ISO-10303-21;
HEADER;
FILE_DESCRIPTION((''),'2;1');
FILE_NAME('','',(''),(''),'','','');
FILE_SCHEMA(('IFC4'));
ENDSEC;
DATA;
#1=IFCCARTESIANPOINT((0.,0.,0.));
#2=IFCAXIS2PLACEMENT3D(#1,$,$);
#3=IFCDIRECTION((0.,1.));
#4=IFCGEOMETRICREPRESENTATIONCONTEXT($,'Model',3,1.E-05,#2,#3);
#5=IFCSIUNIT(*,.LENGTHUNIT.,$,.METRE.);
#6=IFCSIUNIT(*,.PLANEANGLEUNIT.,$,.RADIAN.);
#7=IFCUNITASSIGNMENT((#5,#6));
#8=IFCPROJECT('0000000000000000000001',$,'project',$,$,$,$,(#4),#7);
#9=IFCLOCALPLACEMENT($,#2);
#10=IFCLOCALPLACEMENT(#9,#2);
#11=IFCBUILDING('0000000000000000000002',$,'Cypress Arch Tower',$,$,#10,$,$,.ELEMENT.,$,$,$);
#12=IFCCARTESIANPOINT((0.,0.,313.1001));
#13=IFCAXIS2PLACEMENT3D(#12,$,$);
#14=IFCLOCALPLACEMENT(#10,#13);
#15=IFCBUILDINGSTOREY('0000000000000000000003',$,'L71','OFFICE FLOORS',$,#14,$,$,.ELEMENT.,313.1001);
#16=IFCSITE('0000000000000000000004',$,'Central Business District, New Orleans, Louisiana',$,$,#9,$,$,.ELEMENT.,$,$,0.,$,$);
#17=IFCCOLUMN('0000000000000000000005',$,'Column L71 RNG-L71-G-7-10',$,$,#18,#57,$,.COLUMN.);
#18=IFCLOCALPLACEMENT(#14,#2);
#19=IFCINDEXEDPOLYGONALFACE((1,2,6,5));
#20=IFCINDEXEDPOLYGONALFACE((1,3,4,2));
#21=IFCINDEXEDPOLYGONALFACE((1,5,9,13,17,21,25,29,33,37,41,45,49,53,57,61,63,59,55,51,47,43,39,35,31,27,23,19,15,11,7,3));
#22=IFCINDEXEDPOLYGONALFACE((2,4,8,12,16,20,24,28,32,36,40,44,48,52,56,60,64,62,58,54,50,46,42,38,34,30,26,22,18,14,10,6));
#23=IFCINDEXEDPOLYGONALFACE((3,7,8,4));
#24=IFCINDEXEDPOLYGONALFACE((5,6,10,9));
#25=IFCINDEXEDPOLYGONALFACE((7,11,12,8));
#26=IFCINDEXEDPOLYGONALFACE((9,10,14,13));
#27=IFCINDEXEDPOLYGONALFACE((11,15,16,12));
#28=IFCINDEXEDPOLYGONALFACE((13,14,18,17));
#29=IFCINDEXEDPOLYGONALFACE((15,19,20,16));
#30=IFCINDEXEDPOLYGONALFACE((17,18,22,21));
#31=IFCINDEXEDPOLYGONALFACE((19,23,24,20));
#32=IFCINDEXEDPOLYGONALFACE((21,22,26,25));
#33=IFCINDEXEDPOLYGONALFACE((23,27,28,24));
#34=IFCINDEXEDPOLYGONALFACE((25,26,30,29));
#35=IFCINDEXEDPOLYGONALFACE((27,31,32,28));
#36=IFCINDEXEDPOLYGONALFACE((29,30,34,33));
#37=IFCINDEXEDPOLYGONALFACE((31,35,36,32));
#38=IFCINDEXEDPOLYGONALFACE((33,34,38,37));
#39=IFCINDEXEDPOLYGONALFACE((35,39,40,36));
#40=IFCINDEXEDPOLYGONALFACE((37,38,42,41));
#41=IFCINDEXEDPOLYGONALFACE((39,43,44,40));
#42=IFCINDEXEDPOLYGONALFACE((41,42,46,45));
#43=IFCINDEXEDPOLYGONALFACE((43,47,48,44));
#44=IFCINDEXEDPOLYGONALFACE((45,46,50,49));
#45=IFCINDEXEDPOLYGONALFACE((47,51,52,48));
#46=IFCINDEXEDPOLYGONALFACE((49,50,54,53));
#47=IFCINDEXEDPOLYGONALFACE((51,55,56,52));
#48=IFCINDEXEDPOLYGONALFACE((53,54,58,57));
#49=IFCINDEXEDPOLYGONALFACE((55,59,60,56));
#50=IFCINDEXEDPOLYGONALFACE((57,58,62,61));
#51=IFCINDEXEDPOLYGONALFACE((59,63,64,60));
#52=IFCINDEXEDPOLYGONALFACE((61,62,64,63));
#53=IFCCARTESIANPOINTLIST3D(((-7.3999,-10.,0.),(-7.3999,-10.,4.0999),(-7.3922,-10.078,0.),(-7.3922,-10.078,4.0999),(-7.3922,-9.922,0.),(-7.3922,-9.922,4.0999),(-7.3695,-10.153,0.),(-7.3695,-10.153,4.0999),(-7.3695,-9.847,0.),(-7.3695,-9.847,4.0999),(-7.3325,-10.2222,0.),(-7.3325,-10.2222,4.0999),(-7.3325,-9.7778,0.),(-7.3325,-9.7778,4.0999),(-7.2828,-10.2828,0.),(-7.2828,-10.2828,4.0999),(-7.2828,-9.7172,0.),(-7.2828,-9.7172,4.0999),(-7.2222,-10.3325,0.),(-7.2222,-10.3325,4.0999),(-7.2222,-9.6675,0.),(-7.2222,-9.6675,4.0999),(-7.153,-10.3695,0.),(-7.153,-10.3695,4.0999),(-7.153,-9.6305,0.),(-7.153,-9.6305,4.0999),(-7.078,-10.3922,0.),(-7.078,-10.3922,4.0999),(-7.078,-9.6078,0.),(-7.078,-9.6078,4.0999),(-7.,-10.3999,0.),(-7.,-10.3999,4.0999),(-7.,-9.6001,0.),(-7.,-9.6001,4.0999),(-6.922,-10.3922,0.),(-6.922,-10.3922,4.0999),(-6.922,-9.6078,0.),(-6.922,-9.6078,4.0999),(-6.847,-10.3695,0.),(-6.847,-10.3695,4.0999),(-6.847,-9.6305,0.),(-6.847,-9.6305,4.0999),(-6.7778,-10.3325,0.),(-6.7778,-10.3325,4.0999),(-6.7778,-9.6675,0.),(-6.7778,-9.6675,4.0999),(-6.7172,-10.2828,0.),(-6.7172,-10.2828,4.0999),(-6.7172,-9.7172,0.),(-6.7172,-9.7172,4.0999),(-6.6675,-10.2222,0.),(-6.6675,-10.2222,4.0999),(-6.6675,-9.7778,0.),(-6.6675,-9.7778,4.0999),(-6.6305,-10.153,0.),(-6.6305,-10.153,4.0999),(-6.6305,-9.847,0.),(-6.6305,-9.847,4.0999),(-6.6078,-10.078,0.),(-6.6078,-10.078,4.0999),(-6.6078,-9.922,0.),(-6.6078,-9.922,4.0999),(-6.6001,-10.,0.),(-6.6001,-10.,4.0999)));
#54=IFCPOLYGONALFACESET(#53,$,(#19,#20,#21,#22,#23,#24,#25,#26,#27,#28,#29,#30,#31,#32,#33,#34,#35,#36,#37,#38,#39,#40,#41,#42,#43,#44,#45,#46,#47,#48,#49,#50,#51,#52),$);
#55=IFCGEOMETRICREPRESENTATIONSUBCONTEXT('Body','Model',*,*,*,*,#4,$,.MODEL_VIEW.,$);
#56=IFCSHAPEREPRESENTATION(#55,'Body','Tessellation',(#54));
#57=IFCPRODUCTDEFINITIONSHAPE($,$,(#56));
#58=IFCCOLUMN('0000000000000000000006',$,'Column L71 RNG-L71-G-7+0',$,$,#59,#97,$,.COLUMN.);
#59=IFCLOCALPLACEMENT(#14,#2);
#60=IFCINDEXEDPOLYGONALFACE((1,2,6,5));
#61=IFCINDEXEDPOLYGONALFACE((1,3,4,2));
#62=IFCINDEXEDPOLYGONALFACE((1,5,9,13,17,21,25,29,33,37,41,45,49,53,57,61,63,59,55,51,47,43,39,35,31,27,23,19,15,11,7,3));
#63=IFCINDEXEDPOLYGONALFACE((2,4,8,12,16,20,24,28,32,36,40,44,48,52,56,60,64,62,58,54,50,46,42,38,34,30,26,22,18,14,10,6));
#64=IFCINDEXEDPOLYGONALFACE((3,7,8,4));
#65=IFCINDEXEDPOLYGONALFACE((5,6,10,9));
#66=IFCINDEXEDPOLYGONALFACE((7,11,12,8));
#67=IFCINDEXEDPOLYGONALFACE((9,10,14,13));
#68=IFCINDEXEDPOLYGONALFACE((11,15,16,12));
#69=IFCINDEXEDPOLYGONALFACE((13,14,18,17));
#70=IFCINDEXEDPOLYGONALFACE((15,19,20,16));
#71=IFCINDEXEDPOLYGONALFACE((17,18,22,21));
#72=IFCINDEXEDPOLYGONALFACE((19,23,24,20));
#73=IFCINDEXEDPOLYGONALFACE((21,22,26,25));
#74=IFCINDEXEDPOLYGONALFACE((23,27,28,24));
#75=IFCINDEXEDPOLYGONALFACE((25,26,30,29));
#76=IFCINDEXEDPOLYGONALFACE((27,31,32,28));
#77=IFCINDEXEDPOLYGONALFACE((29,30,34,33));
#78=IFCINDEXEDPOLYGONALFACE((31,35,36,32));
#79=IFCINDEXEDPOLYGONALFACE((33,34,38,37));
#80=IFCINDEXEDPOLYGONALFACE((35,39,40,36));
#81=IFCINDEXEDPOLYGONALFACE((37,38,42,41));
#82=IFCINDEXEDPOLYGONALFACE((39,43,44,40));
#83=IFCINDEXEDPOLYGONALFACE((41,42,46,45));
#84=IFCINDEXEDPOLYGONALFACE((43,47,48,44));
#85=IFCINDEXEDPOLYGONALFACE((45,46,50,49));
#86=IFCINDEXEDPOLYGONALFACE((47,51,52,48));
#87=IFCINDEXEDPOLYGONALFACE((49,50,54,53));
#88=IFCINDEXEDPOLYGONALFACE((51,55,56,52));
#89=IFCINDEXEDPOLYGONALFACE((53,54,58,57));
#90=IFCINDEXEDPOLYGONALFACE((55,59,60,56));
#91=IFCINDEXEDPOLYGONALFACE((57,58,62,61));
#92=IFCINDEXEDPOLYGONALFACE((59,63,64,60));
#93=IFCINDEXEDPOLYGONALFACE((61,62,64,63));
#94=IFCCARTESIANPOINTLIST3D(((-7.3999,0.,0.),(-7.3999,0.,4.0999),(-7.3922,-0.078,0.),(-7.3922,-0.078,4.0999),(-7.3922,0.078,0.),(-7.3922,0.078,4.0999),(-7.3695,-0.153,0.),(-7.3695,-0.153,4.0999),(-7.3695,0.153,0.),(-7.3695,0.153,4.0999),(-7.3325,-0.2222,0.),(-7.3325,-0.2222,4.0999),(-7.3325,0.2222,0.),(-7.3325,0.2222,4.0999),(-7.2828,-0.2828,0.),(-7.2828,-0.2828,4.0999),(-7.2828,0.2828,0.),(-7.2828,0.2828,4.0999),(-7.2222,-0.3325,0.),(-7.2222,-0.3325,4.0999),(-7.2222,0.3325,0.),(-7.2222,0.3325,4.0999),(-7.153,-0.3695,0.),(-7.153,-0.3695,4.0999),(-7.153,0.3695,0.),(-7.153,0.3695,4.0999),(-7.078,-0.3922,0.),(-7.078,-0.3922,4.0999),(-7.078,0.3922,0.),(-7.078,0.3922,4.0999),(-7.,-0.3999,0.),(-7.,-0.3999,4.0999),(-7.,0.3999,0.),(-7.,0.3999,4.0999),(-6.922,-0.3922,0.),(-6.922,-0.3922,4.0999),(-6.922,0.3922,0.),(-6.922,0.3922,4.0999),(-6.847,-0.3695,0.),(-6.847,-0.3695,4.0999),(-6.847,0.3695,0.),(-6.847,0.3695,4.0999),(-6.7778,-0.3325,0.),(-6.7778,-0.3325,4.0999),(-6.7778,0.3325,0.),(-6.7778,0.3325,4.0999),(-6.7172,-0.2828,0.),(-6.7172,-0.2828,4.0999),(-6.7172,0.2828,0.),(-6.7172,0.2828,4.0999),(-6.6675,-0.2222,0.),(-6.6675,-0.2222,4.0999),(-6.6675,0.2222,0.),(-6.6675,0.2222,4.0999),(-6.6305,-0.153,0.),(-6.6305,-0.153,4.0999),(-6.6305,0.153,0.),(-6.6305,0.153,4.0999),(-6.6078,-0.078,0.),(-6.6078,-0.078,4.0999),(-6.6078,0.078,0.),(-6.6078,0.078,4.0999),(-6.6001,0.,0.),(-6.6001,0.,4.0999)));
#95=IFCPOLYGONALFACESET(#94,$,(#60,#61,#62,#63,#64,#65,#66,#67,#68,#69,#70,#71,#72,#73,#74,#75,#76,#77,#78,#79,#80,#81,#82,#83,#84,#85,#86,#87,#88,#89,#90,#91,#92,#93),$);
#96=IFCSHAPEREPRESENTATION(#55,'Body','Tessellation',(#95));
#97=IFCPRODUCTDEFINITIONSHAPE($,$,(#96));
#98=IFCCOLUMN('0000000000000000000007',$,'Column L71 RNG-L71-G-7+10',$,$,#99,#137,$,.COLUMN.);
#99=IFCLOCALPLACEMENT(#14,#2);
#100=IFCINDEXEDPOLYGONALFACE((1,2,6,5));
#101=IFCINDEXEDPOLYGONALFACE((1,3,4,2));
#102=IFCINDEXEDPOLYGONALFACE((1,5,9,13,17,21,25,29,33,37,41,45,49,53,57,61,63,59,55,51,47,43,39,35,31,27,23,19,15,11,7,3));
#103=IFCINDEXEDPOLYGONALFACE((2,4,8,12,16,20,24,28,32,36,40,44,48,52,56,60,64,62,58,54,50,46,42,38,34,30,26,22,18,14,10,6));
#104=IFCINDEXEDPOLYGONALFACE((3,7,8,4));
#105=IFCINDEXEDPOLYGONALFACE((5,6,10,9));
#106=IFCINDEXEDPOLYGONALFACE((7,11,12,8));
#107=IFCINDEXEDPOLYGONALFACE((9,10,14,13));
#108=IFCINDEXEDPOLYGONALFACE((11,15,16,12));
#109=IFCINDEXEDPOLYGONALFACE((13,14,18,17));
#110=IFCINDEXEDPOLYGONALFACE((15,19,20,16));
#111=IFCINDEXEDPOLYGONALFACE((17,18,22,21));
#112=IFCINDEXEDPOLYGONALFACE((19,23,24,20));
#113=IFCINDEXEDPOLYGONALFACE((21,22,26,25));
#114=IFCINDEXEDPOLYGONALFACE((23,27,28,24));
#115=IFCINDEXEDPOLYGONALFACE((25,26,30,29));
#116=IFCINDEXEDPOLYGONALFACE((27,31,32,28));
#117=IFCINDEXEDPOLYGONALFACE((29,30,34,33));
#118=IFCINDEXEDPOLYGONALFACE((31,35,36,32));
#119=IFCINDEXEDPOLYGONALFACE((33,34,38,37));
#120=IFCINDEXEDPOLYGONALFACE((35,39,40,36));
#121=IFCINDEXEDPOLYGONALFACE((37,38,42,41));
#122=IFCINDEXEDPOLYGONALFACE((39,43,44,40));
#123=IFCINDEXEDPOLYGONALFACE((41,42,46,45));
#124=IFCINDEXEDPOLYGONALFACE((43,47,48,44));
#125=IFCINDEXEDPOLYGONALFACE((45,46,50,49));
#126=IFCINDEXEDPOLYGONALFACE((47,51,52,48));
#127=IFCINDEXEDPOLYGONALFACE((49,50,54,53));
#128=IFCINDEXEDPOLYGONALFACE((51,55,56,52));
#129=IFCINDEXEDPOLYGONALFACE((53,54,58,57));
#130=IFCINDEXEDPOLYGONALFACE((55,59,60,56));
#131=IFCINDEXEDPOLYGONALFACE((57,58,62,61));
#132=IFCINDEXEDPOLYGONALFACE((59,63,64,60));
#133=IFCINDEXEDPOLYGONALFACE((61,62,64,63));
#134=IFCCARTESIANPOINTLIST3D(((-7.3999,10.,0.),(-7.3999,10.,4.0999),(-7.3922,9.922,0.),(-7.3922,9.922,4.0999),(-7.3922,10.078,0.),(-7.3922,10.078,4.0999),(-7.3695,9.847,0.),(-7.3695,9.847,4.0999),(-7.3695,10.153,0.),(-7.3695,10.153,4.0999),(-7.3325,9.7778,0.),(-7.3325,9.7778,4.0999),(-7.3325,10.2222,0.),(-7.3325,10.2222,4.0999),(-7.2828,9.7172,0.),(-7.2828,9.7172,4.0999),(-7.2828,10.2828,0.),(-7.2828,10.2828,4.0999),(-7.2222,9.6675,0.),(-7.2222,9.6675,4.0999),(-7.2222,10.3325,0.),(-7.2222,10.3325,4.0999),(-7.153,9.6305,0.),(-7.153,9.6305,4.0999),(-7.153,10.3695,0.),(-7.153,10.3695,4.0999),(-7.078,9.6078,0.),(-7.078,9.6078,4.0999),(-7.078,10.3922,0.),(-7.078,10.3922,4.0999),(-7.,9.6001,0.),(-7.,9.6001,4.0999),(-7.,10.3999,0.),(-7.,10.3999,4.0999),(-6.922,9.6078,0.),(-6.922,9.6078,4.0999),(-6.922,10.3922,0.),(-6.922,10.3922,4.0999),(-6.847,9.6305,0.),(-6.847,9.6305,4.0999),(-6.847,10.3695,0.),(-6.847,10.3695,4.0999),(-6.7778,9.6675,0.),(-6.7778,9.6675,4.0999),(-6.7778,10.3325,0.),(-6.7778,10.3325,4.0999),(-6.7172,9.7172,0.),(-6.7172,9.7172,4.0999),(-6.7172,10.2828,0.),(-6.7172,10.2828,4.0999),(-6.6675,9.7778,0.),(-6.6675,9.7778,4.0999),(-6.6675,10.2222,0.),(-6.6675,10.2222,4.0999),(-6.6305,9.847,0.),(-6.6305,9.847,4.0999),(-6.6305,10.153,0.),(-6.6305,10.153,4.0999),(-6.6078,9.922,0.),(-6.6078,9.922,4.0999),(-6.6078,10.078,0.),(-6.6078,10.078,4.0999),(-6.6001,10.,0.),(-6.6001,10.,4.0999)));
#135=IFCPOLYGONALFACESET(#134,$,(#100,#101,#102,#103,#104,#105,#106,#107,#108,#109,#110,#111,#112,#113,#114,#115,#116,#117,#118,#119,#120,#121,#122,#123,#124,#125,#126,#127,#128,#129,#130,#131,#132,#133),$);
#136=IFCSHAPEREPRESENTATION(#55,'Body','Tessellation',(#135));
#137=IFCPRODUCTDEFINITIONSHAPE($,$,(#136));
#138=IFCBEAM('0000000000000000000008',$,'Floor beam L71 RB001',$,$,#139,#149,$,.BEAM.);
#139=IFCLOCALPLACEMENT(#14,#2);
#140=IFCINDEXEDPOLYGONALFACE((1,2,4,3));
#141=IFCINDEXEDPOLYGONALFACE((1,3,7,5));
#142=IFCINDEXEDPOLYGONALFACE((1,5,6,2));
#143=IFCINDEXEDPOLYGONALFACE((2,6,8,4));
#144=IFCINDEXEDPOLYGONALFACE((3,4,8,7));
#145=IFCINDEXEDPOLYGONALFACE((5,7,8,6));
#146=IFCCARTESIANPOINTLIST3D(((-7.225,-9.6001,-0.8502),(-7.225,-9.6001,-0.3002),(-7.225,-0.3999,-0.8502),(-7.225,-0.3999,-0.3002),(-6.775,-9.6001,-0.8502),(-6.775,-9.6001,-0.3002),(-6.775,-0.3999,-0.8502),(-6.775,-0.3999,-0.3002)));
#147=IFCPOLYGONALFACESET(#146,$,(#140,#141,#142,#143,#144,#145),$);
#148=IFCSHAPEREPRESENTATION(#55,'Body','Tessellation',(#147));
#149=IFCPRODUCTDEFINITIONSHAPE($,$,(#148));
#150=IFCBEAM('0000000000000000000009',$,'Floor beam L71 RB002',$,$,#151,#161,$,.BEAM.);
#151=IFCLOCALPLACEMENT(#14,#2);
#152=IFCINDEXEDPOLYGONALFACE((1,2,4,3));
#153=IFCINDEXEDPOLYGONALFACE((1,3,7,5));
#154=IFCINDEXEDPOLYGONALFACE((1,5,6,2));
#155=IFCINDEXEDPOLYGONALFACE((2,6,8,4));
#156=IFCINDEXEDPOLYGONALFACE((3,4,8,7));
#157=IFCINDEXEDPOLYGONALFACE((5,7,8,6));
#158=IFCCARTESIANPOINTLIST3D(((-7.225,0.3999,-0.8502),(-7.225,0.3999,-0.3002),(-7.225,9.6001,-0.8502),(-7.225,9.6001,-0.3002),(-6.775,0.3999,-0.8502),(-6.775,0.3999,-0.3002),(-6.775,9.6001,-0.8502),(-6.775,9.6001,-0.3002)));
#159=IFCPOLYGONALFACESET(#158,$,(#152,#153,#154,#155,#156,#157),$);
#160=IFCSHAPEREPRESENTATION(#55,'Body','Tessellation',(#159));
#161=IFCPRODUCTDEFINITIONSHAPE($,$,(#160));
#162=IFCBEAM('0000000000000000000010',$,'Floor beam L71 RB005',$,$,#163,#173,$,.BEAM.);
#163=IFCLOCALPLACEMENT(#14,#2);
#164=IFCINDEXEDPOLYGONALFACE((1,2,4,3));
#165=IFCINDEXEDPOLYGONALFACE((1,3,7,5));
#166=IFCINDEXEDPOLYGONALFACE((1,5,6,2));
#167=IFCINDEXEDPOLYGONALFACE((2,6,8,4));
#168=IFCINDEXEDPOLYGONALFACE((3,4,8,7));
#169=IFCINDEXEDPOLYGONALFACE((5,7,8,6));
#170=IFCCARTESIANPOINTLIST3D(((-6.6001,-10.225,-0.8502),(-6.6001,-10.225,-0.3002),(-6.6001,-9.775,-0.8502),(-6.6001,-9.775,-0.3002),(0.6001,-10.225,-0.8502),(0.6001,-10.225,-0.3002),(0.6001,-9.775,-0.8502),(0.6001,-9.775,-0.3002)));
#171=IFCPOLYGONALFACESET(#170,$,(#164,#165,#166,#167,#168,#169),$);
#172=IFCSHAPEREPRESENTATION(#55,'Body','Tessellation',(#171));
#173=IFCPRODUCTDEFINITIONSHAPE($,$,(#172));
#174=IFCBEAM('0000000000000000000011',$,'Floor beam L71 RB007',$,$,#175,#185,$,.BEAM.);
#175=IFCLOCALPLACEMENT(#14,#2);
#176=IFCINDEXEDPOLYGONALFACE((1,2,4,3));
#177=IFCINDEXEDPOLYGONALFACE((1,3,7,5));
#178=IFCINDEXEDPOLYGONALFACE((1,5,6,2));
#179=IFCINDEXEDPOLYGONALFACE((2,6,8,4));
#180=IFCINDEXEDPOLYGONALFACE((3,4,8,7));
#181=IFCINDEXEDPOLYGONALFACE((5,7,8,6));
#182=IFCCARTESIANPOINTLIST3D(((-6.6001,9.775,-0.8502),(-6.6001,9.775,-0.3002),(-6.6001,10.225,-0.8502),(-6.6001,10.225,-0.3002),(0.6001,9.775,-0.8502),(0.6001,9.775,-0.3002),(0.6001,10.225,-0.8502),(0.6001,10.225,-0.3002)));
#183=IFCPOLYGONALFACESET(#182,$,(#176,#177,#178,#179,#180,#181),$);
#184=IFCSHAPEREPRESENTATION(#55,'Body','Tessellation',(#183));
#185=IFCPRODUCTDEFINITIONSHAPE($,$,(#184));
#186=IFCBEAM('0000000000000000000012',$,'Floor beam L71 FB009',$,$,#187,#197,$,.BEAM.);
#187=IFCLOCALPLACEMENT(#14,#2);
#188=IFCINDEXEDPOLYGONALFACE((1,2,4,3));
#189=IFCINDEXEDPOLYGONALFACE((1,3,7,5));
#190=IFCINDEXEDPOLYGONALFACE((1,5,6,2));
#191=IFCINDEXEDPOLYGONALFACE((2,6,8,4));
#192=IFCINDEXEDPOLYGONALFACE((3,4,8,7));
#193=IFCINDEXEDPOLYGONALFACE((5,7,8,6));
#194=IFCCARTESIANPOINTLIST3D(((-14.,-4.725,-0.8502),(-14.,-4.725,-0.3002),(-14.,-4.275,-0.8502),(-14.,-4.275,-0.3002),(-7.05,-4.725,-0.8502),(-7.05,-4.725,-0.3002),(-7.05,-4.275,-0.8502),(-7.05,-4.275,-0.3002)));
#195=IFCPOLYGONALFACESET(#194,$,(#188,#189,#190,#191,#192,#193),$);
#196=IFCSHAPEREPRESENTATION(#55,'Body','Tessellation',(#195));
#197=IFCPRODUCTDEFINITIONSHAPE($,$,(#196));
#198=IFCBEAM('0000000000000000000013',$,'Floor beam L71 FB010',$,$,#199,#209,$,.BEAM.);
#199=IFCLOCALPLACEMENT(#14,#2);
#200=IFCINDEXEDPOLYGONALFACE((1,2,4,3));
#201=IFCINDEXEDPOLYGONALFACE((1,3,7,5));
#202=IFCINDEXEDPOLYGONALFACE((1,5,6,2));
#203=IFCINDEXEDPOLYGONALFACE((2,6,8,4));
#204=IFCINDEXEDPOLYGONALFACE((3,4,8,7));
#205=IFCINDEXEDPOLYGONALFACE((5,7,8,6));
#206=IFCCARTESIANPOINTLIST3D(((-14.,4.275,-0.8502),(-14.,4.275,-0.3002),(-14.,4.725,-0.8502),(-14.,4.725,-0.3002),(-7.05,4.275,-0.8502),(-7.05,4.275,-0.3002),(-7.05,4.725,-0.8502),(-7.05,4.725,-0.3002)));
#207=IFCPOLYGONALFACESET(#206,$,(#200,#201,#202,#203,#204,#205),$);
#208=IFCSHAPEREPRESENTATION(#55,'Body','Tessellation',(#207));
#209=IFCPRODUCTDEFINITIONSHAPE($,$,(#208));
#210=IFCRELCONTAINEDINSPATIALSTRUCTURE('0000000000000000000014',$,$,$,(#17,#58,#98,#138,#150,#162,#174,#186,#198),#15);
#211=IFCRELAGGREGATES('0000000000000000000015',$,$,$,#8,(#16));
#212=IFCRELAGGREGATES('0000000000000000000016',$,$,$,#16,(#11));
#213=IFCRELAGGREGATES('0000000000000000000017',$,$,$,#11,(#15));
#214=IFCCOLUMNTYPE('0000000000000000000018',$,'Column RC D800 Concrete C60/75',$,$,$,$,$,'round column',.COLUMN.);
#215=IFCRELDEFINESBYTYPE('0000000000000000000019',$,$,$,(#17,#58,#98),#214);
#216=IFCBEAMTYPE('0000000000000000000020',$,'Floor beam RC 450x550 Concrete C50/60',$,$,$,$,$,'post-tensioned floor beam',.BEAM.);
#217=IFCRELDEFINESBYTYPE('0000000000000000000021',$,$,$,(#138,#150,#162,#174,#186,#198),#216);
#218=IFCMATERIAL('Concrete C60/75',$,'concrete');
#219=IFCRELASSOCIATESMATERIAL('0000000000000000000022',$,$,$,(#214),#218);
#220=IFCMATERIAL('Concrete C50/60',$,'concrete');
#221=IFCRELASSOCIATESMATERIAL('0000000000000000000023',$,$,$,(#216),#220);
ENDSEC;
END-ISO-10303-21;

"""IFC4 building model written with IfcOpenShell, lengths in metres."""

from ifc_helpers import new_model, si_unit, direction, frame, origin, origin_2d, place, context, subcontext, project, spatial, rectangle, circle, extrude, material, material_profile, profile_set, type_object, element, save


model = new_model("IFC4")

# Units and contexts
model_context = context("Model", 3, precision=1e-05, world=origin(), true_north=direction((0.0, 1.0)))
body_context = subcontext(model_context, "Body", "Model", "MODEL_VIEW")
ifc_project = project(units=[si_unit("LENGTHUNIT", "METRE"), si_unit("PLANEANGLEUNIT", "RADIAN")], contexts=[model_context])

# Site, building, storey
site_placement = place(None, origin())
site = spatial("IfcSite", under=ifc_project, at=site_placement, Name="Central Business District, New Orleans, Louisiana", CompositionType="ELEMENT", RefElevation=0.0)
building_placement = place(site_placement, origin())
building = spatial("IfcBuilding", under=site, at=building_placement, Name="Cypress Arch Tower", CompositionType="ELEMENT")
storey_placement = place(building_placement, frame((0.0, 0.0, 313.1001)))
storey = spatial("IfcBuildingStorey", under=building, at=storey_placement, Name="L71", Description="OFFICE FLOORS", CompositionType="ELEMENT", Elevation=313.1001)

# Columns
ifc_material_1 = material(Name="Concrete C60/75", Category="concrete")
ifc_material_profile_1 = material_profile(ifc_material_1, circle(Radius=0.3999, at=origin_2d()), Name="RC D800")
ifc_profile_set_1 = profile_set([ifc_material_profile_1], Name="Concrete C60/75")
column_type = type_object("IfcColumnType", Name="Column RC D800 Concrete C60/75", ElementType="round column", PredefinedType="COLUMN", material=ifc_profile_set_1)
for number, where, z_axis, x_axis, name in (
    (1, (-7.0, -10.0, 0.0), (0.0, 0.0, 1.0), (1.0, 0.0, 0.0), "Column L71 RNG-L71-G-7-10"),
    (2, (-7.0, 0.0, 0.0), (0.0, 0.0, 1.0), (1.0, 0.0, 0.0), "Column L71 RNG-L71-G-7+0"),
    (3, (-7.0, 10.0, 0.0), (0.0, 0.0, 1.0), (1.0, 0.0, 0.0), "Column L71 RNG-L71-G-7+10"),
):
    element("IfcColumn", number, at=place(storey_placement, frame(where, z_axis=z_axis, x_axis=x_axis)), inside=storey, type_object=column_type, Name=name, PredefinedType="COLUMN", context=body_context, shape_type="SweptSolid", body=[
        extrude(circle(Radius=0.3999, at=origin_2d()), origin(), (0.0, 0.0, 1.0), 4.0999),
    ])

# Beams
ifc_material_2 = material(Name="Concrete C50/60", Category="concrete")
ifc_material_profile_2 = material_profile(ifc_material_2, rectangle(XDim=0.45, YDim=0.55, at=origin_2d()), Name="RC 450x550")
ifc_profile_set_2 = profile_set([ifc_material_profile_2], Name="Concrete C50/60")
beam_type = type_object("IfcBeamType", Name="Floor beam RC 450x550 Concrete C50/60", ElementType="post-tensioned floor beam", PredefinedType="BEAM", material=ifc_profile_set_2)
for number, where, z_axis, x_axis, name in (
    (4, (-7.0, -9.6001, -0.5752), (0.0, 1.0, 0.0), (-1.0, 0.0, 0.0), "Floor beam L71 RB001"),
    (5, (-7.0, 0.3999, -0.5752), (0.0, 1.0, 0.0), (-1.0, 0.0, 0.0), "Floor beam L71 RB002"),
):
    element("IfcBeam", number, at=place(storey_placement, frame(where, z_axis=z_axis, x_axis=x_axis)), inside=storey, type_object=beam_type, Name=name, PredefinedType="BEAM", context=body_context, shape_type="SweptSolid", body=[
        extrude(rectangle(XDim=0.45, YDim=0.55, at=origin_2d()), origin(), (0.0, 0.0, 1.0), 9.2002),
    ])
for number, where, z_axis, x_axis, name in (
    (6, (-6.6001, -10.0, -0.5752), (1.0, 0.0, 0.0), (0.0, 1.0, 0.0), "Floor beam L71 RB005"),
    (7, (-6.6001, 10.0, -0.5752), (1.0, 0.0, 0.0), (0.0, 1.0, 0.0), "Floor beam L71 RB007"),
):
    element("IfcBeam", number, at=place(storey_placement, frame(where, z_axis=z_axis, x_axis=x_axis)), inside=storey, type_object=beam_type, Name=name, PredefinedType="BEAM", context=body_context, shape_type="SweptSolid", body=[
        extrude(rectangle(XDim=0.45, YDim=0.55, at=origin_2d()), origin(), (0.0, 0.0, 1.0), 7.2002),
    ])
for number, where, z_axis, x_axis, name in (
    (8, (-14.0, -4.5, -0.5752), (1.0, 0.0, 0.0), (0.0, 1.0, 0.0), "Floor beam L71 FB009"),
    (9, (-14.0, 4.5, -0.5752), (1.0, 0.0, 0.0), (0.0, 1.0, 0.0), "Floor beam L71 FB010"),
):
    element("IfcBeam", number, at=place(storey_placement, frame(where, z_axis=z_axis, x_axis=x_axis)), inside=storey, type_object=beam_type, Name=name, PredefinedType="BEAM", context=body_context, shape_type="SweptSolid", body=[
        extrude(rectangle(XDim=0.45, YDim=0.55, at=origin_2d()), origin(), (0.0, 0.0, 1.0), 6.95),
    ])

save(model, "model.ifc")
